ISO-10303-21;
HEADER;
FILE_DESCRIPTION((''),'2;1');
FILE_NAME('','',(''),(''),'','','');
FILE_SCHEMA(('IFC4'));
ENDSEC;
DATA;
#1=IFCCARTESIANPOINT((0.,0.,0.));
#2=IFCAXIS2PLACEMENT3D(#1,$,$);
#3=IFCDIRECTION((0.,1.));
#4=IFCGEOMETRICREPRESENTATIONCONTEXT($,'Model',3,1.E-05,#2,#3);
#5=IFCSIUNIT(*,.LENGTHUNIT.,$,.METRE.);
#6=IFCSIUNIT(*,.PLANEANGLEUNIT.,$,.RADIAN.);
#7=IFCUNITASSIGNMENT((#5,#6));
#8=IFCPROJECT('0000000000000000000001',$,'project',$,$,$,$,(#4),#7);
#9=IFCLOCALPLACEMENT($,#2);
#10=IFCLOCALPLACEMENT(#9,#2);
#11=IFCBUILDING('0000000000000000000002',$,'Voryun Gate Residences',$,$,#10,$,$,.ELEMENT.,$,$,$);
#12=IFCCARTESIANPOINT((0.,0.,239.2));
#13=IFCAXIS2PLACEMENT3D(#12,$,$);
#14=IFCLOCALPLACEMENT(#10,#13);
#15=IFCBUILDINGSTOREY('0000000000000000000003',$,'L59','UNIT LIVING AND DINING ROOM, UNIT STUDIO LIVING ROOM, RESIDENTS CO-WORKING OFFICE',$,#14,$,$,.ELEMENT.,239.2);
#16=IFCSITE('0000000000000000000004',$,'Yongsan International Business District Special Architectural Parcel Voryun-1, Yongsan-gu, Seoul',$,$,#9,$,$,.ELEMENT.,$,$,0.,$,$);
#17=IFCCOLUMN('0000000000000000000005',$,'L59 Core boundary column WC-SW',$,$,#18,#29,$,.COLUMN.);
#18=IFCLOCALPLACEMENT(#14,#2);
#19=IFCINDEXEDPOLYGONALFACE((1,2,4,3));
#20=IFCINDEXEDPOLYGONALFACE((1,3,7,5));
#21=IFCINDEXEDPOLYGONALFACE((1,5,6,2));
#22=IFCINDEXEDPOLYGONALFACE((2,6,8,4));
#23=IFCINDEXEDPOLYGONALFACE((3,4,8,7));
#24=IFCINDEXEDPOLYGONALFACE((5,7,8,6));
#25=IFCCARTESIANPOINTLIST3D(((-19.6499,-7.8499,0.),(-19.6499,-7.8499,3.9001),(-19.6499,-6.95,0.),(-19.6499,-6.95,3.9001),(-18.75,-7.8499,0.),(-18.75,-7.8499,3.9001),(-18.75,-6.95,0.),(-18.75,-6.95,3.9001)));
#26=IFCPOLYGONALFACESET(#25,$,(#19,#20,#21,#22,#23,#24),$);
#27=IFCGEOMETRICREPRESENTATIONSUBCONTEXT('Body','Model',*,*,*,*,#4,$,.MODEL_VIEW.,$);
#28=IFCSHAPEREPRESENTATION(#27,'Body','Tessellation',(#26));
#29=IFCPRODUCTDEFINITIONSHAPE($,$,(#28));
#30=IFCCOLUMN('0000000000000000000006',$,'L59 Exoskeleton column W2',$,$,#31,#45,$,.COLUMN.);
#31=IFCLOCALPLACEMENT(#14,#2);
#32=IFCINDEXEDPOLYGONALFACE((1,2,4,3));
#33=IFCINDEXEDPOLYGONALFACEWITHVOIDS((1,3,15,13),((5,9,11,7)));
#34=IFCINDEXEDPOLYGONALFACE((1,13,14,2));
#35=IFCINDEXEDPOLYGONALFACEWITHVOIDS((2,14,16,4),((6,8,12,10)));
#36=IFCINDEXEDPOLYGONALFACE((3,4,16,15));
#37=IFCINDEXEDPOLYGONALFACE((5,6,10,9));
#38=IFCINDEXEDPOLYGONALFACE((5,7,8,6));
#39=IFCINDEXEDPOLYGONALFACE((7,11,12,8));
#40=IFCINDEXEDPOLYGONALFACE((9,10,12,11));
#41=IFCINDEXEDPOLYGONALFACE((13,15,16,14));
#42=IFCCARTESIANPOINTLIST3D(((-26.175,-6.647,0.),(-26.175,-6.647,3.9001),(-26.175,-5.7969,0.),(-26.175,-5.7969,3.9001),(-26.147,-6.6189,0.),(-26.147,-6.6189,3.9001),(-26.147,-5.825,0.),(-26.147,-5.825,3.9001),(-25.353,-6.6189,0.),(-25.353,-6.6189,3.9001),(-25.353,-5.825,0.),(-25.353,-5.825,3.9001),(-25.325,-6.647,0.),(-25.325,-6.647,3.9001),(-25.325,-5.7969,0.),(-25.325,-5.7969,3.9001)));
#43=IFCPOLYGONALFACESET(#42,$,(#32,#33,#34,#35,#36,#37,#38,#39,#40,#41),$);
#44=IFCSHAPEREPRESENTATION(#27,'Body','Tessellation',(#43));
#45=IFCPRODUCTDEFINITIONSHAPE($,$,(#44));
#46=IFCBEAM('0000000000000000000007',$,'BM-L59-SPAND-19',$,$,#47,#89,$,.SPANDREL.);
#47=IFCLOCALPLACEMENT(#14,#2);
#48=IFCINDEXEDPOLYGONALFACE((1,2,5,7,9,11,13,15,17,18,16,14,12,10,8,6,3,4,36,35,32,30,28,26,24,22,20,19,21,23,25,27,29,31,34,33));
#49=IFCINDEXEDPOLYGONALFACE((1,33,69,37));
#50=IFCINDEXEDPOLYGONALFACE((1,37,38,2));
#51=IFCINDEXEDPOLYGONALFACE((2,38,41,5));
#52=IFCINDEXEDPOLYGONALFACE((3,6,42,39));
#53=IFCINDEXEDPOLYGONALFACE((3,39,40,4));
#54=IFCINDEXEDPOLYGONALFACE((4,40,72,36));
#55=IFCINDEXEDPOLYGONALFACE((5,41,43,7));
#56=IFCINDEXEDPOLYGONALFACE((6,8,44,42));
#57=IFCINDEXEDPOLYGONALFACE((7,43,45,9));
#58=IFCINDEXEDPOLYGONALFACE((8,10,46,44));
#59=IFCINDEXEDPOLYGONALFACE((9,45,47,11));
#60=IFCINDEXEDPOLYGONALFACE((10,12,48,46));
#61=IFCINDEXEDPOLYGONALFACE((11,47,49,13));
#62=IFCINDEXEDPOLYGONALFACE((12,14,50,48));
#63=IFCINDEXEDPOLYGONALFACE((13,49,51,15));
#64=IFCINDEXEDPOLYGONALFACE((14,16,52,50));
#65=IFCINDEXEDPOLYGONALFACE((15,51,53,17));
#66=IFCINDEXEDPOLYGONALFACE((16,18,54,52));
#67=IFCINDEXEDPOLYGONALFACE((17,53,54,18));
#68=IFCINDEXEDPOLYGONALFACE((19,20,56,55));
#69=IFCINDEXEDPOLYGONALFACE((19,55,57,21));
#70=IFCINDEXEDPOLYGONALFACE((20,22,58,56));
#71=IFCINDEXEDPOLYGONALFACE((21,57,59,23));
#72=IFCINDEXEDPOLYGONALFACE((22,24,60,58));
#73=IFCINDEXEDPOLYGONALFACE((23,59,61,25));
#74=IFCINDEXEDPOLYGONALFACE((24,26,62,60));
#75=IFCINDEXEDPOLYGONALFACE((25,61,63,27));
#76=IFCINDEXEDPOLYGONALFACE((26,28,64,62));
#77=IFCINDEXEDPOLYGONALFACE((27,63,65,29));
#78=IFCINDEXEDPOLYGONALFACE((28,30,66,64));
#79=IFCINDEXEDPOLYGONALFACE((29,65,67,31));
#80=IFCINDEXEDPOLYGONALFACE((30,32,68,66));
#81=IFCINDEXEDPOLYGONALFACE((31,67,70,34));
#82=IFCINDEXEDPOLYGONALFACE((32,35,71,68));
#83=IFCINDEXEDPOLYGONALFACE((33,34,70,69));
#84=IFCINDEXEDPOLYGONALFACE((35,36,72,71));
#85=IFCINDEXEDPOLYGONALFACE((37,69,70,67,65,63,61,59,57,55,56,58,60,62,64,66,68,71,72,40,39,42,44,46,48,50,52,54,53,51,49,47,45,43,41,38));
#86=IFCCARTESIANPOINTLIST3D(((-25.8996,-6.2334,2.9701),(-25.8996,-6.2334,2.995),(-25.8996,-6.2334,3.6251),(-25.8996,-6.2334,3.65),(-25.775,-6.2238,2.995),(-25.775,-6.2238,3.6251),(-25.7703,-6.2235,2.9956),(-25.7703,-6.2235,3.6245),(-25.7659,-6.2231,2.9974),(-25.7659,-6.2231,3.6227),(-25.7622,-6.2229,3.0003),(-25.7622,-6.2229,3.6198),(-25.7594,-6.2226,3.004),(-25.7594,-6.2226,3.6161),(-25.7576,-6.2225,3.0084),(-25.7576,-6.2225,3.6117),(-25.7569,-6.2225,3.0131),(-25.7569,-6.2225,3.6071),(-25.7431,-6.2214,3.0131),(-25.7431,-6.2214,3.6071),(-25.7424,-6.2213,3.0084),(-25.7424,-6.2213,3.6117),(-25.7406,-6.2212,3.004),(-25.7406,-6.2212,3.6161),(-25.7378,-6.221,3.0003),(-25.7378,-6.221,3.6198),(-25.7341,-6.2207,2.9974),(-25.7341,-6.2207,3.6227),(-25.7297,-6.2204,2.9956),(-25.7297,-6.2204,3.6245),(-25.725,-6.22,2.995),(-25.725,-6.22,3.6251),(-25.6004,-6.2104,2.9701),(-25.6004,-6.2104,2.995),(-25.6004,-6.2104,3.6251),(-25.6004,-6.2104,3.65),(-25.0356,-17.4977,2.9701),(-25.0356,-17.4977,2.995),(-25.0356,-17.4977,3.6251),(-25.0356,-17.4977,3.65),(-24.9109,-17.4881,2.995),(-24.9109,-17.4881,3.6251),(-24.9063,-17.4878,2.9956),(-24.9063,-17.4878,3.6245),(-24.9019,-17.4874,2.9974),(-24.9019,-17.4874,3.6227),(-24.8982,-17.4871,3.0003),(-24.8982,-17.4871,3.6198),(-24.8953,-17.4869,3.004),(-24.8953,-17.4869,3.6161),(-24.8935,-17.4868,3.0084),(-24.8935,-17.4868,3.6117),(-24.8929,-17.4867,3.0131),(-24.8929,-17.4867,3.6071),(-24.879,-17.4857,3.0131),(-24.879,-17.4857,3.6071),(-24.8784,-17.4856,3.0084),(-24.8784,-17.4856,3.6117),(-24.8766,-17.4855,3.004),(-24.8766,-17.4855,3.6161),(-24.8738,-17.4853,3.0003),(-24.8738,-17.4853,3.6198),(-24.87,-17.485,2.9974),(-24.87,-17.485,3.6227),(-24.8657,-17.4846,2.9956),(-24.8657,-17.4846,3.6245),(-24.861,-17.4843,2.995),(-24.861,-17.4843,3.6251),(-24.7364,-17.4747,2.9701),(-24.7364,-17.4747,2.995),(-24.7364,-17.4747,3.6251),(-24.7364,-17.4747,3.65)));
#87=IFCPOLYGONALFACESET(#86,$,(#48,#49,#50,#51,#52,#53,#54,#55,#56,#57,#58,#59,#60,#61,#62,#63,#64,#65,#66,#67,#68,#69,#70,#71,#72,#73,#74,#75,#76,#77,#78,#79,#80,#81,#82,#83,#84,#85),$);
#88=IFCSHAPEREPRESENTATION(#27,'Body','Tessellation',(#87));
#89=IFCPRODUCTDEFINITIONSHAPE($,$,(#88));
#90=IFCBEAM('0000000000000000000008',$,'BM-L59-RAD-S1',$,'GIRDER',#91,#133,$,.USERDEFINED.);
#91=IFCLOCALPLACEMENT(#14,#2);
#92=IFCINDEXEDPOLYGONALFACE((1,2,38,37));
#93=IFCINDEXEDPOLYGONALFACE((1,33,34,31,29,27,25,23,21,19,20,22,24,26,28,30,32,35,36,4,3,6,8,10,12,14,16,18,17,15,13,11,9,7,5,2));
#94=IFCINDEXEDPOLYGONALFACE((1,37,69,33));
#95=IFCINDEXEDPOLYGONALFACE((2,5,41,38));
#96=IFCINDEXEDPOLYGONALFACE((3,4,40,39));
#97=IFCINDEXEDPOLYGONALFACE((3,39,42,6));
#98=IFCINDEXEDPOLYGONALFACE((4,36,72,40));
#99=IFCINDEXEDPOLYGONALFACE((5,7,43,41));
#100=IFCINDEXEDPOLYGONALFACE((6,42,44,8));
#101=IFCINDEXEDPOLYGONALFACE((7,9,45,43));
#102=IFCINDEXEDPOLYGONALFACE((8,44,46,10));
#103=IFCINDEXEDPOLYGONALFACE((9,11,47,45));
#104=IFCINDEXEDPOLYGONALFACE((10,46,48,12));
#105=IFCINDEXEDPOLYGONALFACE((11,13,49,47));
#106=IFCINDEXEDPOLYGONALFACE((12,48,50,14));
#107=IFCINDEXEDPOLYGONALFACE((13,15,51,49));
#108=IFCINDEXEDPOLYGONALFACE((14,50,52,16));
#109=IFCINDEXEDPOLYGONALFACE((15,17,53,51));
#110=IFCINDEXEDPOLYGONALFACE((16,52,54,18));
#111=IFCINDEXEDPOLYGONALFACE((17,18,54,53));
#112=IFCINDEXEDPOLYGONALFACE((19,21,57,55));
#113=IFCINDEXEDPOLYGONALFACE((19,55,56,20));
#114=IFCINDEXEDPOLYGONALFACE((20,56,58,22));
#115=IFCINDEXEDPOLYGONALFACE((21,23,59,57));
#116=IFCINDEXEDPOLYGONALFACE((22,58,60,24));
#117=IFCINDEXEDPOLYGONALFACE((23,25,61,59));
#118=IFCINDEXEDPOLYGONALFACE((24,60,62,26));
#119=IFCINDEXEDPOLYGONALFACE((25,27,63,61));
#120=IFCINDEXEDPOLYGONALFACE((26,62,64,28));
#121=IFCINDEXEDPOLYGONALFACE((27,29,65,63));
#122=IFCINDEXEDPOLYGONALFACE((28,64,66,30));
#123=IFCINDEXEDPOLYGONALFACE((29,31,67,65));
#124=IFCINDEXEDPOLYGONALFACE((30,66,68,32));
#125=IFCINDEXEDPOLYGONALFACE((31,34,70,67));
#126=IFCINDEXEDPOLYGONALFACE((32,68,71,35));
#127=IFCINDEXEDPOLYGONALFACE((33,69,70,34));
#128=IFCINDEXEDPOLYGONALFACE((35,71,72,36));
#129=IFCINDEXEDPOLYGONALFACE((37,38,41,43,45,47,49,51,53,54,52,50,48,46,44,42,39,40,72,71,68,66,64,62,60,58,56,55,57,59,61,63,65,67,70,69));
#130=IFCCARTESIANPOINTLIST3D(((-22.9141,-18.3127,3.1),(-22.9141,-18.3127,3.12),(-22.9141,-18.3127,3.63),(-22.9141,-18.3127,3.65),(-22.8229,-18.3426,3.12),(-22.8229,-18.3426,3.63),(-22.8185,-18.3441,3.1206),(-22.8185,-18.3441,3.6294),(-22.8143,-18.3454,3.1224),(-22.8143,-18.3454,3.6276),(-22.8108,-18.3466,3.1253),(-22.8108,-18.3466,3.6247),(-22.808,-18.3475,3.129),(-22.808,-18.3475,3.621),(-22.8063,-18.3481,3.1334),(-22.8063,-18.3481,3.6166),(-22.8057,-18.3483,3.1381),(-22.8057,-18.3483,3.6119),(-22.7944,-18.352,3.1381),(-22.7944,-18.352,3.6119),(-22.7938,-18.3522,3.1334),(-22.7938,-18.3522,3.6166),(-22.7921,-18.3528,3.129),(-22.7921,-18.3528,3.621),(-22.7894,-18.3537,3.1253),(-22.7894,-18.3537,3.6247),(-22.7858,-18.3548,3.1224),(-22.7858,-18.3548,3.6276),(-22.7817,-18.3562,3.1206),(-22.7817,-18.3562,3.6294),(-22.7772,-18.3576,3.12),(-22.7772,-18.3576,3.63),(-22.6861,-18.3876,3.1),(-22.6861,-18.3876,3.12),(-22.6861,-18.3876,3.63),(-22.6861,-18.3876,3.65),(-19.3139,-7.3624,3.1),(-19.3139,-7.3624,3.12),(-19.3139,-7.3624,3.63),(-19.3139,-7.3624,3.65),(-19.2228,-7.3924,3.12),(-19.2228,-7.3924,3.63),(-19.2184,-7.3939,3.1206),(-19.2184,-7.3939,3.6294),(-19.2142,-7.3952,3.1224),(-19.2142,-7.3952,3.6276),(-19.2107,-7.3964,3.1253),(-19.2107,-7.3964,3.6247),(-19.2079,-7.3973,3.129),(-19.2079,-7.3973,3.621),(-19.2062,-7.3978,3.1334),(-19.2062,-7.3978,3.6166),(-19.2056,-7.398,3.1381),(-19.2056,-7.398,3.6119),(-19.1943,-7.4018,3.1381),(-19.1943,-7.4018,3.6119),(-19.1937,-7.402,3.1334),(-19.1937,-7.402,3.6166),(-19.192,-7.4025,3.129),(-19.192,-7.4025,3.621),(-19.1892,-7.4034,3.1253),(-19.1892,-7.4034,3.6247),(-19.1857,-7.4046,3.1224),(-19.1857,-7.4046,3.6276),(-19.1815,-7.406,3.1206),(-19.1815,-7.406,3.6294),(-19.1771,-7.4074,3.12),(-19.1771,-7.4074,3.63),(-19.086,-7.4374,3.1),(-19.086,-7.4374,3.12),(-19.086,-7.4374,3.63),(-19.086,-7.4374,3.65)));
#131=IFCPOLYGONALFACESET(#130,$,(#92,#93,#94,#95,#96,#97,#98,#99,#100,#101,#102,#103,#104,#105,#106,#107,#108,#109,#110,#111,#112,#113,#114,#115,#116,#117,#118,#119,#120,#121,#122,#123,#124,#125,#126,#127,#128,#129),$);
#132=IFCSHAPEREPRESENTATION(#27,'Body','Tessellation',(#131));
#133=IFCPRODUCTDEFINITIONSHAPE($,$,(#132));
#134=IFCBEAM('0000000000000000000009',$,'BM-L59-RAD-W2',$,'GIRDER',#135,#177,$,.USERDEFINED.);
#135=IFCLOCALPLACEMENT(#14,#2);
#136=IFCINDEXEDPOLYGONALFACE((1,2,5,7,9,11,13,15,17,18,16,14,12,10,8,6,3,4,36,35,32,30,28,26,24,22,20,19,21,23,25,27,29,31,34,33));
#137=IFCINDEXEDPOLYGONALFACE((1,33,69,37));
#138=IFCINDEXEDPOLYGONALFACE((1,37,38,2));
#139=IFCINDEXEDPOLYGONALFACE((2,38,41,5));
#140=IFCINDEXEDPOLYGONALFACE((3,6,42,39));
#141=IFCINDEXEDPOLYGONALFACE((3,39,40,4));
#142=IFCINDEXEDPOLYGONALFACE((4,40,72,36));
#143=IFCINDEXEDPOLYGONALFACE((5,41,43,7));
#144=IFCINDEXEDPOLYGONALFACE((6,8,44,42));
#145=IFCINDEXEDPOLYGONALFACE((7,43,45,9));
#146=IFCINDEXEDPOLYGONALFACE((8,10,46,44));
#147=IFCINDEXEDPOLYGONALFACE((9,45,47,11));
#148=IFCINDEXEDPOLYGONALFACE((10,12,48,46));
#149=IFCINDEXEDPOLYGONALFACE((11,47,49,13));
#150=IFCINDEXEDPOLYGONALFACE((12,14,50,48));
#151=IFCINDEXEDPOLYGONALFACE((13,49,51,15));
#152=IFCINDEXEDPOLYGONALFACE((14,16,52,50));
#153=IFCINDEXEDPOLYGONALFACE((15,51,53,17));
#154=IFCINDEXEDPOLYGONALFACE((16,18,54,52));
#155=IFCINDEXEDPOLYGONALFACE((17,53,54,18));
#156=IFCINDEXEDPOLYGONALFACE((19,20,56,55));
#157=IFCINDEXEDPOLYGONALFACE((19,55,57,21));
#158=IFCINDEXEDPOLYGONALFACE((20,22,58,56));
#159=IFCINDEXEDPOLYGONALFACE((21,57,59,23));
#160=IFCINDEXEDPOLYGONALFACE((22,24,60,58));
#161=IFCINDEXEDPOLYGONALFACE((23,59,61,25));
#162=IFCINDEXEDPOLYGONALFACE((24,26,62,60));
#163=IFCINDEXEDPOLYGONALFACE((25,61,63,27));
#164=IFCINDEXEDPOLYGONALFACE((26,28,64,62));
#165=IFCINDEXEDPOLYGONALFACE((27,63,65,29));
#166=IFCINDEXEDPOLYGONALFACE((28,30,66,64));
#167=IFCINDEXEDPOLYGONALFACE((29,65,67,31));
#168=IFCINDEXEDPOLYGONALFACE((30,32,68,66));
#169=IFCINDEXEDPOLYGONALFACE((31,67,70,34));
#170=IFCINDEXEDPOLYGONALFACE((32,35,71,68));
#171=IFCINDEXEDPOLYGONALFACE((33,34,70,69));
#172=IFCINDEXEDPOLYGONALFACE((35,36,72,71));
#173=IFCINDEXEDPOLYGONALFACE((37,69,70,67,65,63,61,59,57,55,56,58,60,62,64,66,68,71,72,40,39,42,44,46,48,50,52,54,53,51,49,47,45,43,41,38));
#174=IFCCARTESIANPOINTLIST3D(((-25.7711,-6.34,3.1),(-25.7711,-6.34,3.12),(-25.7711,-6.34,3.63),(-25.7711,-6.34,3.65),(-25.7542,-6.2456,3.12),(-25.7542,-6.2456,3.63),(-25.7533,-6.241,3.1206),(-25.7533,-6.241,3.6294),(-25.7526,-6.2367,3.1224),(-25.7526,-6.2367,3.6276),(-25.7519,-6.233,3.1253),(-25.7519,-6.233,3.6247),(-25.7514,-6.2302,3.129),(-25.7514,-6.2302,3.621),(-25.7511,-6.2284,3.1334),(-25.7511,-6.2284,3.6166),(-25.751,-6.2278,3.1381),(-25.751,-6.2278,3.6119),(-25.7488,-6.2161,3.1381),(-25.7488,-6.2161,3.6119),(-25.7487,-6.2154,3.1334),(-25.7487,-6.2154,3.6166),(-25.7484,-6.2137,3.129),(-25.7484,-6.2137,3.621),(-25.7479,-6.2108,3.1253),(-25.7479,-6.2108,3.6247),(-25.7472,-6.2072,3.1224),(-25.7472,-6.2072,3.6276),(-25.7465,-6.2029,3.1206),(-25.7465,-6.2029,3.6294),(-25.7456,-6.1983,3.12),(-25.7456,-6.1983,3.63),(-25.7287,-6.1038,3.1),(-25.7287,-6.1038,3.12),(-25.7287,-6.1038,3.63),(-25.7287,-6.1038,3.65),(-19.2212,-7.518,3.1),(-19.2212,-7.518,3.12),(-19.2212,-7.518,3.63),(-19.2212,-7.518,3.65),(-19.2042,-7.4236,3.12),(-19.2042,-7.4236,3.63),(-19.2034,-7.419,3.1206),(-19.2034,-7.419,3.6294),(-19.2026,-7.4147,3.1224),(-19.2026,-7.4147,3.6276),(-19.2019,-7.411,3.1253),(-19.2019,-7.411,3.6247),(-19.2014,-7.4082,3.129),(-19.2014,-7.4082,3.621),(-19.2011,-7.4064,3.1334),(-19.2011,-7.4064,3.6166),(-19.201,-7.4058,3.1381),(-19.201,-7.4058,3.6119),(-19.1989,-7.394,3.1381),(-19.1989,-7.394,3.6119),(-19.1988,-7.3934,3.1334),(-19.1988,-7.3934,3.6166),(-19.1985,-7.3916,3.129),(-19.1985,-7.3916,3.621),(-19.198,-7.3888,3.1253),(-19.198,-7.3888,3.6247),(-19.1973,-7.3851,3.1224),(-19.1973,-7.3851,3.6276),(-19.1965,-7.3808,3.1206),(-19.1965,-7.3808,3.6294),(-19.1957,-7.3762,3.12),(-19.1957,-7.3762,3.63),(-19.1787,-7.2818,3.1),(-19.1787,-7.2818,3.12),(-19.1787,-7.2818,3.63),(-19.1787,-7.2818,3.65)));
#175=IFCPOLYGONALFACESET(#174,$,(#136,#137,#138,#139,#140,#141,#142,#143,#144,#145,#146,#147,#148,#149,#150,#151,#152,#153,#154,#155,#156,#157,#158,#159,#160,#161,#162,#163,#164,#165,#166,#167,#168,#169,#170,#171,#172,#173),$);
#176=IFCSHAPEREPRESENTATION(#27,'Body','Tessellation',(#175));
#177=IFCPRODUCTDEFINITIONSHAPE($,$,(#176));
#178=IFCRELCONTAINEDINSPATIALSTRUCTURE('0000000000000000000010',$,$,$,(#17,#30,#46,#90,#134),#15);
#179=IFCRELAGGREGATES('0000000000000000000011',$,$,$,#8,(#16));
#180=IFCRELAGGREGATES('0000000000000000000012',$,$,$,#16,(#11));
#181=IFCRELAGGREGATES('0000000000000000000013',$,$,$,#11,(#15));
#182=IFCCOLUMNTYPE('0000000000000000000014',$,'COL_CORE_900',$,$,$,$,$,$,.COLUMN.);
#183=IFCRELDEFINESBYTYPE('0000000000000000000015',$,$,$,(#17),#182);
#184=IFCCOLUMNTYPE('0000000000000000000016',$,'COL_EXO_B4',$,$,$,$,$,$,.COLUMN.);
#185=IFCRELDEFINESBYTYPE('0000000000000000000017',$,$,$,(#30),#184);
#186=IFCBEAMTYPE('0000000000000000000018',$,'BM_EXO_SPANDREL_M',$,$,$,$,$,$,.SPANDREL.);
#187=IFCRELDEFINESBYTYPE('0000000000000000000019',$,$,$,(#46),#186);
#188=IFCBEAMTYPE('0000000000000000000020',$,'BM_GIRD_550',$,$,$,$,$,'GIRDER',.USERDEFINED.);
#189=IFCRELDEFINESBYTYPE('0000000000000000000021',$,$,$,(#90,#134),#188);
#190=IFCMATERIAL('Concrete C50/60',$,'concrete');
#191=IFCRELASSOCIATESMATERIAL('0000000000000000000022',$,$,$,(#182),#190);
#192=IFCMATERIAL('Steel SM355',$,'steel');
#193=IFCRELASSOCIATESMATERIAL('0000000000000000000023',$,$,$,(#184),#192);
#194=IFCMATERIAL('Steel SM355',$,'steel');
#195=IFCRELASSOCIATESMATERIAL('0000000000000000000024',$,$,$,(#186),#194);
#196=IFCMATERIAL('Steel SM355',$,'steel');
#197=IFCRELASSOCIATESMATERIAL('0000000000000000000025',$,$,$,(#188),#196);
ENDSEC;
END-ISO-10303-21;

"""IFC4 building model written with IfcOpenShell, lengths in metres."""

from ifc_helpers import new_model, si_unit, direction, frame, origin, origin_2d, place, context, subcontext, project, spatial, rectangle, hollow_rectangle, i_section, extrude, material, material_profile, profile_set, type_object, element, save


model = new_model("IFC4")

# Units and contexts
model_context = context("Model", 3, precision=1e-05, world=origin(), true_north=direction((0.0, 1.0)))
body_context = subcontext(model_context, "Body", "Model", "MODEL_VIEW")
ifc_project = project(units=[si_unit("LENGTHUNIT", "METRE"), si_unit("PLANEANGLEUNIT", "RADIAN")], contexts=[model_context])

# Site, building, storey
site_placement = place(None, origin())
site = spatial("IfcSite", under=ifc_project, at=site_placement, Name="Yongsan International Business District Special Architectural Parcel Voryun-1, Yongsan-gu, Seoul", CompositionType="ELEMENT", RefElevation=0.0)
building_placement = place(site_placement, origin())
building = spatial("IfcBuilding", under=site, at=building_placement, Name="Voryun Gate Residences", CompositionType="ELEMENT")
storey_placement = place(building_placement, frame((0.0, 0.0, 239.2)))
storey = spatial("IfcBuildingStorey", under=building, at=storey_placement, Name="L59", Description="UNIT LIVING AND DINING ROOM, UNIT STUDIO LIVING ROOM, RESIDENTS CO-WORKING OFFICE", CompositionType="ELEMENT", Elevation=239.2)

# Columns
ifc_material_1 = material(Name="Concrete C50/60", Category="concrete")
ifc_material_profile_1 = material_profile(ifc_material_1, rectangle(XDim=0.8999, YDim=0.8999, at=origin_2d()), Name="RC-900x900")
ifc_profile_set_1 = profile_set([ifc_material_profile_1], Name="Concrete C50/60")
column_type_1 = type_object("IfcColumnType", Name="COL_CORE_900", PredefinedType="COLUMN", material=ifc_profile_set_1)
column_1_placement = place(storey_placement, frame((-19.2, -7.3999, 0.0), z_axis=(0.0, 0.0, 1.0), x_axis=(1.0, 0.0, 0.0)))
element("IfcColumn", 1, at=column_1_placement, inside=storey, type_object=column_type_1, Name="L59 Core boundary column WC-SW", PredefinedType="COLUMN", context=body_context, shape_type="SweptSolid", body=[
    extrude(rectangle(XDim=0.8999, YDim=0.8999, at=origin_2d()), origin(), (0.0, 0.0, 1.0), 3.9001),
])
ifc_material_2 = material(Name="Steel SM355", Category="steel")
ifc_material_profile_2 = material_profile(ifc_material_2, hollow_rectangle(XDim=0.8501, YDim=0.8501, WallThickness=0.0281, at=origin_2d()), Name="BOX-850x850x28")
ifc_profile_set_2 = profile_set([ifc_material_profile_2], Name="Steel SM355")
column_type_2 = type_object("IfcColumnType", Name="COL_EXO_B4", PredefinedType="COLUMN", material=ifc_profile_set_2)
column_2_placement = place(storey_placement, frame((-25.75, -6.2219, 0.0), z_axis=(0.0, 0.0, 1.0), x_axis=(1.0, 0.0, 0.0)))
element("IfcColumn", 2, at=column_2_placement, inside=storey, type_object=column_type_2, Name="L59 Exoskeleton column W2", PredefinedType="COLUMN", context=body_context, shape_type="SweptSolid", body=[
    extrude(hollow_rectangle(XDim=0.8501, YDim=0.8501, WallThickness=0.0281, at=origin_2d()), origin(), (0.0, 0.0, 1.0), 3.9001),
])

# Beams
ifc_material_3 = material(Name="Steel SM355", Category="steel")
ifc_material_profile_3 = material_profile(ifc_material_3, i_section(OverallWidth=0.3, OverallDepth=0.6799, WebThickness=0.0139, FlangeThickness=0.0249, FilletRadius=0.0181, at=origin_2d()), Name="H-680x300x14x25")
ifc_profile_set_3 = profile_set([ifc_material_profile_3], Name="Steel SM355")
beam_type_1 = type_object("IfcBeamType", Name="BM_EXO_SPANDREL_M", PredefinedType="SPANDREL", material=ifc_profile_set_3)
beam_1_placement = place(storey_placement, frame((-25.75, -6.2219, 3.3101), z_axis=(0.07648, -0.997071, 0.0), x_axis=(0.997071, 0.07648, 0.0)))
element("IfcBeam", 3, at=beam_1_placement, inside=storey, type_object=beam_type_1, Name="BM-L59-SPAND-19", PredefinedType="SPANDREL", context=body_context, shape_type="SweptSolid", body=[
    extrude(i_section(OverallWidth=0.3, OverallDepth=0.6799, WebThickness=0.0139, FlangeThickness=0.0249, FilletRadius=0.0181, at=origin_2d()), origin(), (0.0, 0.0, 1.0), 11.2974),
])
ifc_material_4 = material(Name="Steel SM355", Category="steel")
ifc_material_profile_4 = material_profile(ifc_material_4, i_section(OverallWidth=0.24, OverallDepth=0.55, WebThickness=0.012, FlangeThickness=0.02, FilletRadius=0.0181, at=origin_2d()), Name="H-550x240x12x20")
ifc_profile_set_4 = profile_set([ifc_material_profile_4], Name="Steel SM355")
beam_type_2 = type_object("IfcBeamType", Name="BM_GIRD_550", ElementType="GIRDER", PredefinedType="USERDEFINED", material=ifc_profile_set_4)
beam_2_placement = place(storey_placement, frame((-19.2, -7.3999, 3.375), z_axis=(-0.312324, -0.949976, 0.0), x_axis=(0.949976, -0.312324, 0.0)))
element("IfcBeam", 4, at=beam_2_placement, inside=storey, type_object=beam_type_2, Name="BM-L59-RAD-S1", ObjectType="GIRDER", PredefinedType="USERDEFINED", context=body_context, shape_type="SweptSolid", body=[
    extrude(i_section(OverallWidth=0.24, OverallDepth=0.55, WebThickness=0.012, FlangeThickness=0.02, FilletRadius=0.0181, at=origin_2d()), origin(), (0.0, 0.0, 1.0), 11.5269),
])
beam_3_placement = place(storey_placement, frame((-19.2, -7.3999, 3.375), z_axis=(-0.98421, 0.177003, 0.0), x_axis=(-0.177003, -0.98421, 0.0)))
element("IfcBeam", 5, at=beam_3_placement, inside=storey, type_object=beam_type_2, Name="BM-L59-RAD-W2", ObjectType="GIRDER", PredefinedType="USERDEFINED", context=body_context, shape_type="SweptSolid", body=[
    extrude(i_section(OverallWidth=0.24, OverallDepth=0.55, WebThickness=0.012, FlangeThickness=0.02, FilletRadius=0.0181, at=origin_2d()), origin(), (0.0, 0.0, 1.0), 6.655),
])

save(model, "model.ifc")
